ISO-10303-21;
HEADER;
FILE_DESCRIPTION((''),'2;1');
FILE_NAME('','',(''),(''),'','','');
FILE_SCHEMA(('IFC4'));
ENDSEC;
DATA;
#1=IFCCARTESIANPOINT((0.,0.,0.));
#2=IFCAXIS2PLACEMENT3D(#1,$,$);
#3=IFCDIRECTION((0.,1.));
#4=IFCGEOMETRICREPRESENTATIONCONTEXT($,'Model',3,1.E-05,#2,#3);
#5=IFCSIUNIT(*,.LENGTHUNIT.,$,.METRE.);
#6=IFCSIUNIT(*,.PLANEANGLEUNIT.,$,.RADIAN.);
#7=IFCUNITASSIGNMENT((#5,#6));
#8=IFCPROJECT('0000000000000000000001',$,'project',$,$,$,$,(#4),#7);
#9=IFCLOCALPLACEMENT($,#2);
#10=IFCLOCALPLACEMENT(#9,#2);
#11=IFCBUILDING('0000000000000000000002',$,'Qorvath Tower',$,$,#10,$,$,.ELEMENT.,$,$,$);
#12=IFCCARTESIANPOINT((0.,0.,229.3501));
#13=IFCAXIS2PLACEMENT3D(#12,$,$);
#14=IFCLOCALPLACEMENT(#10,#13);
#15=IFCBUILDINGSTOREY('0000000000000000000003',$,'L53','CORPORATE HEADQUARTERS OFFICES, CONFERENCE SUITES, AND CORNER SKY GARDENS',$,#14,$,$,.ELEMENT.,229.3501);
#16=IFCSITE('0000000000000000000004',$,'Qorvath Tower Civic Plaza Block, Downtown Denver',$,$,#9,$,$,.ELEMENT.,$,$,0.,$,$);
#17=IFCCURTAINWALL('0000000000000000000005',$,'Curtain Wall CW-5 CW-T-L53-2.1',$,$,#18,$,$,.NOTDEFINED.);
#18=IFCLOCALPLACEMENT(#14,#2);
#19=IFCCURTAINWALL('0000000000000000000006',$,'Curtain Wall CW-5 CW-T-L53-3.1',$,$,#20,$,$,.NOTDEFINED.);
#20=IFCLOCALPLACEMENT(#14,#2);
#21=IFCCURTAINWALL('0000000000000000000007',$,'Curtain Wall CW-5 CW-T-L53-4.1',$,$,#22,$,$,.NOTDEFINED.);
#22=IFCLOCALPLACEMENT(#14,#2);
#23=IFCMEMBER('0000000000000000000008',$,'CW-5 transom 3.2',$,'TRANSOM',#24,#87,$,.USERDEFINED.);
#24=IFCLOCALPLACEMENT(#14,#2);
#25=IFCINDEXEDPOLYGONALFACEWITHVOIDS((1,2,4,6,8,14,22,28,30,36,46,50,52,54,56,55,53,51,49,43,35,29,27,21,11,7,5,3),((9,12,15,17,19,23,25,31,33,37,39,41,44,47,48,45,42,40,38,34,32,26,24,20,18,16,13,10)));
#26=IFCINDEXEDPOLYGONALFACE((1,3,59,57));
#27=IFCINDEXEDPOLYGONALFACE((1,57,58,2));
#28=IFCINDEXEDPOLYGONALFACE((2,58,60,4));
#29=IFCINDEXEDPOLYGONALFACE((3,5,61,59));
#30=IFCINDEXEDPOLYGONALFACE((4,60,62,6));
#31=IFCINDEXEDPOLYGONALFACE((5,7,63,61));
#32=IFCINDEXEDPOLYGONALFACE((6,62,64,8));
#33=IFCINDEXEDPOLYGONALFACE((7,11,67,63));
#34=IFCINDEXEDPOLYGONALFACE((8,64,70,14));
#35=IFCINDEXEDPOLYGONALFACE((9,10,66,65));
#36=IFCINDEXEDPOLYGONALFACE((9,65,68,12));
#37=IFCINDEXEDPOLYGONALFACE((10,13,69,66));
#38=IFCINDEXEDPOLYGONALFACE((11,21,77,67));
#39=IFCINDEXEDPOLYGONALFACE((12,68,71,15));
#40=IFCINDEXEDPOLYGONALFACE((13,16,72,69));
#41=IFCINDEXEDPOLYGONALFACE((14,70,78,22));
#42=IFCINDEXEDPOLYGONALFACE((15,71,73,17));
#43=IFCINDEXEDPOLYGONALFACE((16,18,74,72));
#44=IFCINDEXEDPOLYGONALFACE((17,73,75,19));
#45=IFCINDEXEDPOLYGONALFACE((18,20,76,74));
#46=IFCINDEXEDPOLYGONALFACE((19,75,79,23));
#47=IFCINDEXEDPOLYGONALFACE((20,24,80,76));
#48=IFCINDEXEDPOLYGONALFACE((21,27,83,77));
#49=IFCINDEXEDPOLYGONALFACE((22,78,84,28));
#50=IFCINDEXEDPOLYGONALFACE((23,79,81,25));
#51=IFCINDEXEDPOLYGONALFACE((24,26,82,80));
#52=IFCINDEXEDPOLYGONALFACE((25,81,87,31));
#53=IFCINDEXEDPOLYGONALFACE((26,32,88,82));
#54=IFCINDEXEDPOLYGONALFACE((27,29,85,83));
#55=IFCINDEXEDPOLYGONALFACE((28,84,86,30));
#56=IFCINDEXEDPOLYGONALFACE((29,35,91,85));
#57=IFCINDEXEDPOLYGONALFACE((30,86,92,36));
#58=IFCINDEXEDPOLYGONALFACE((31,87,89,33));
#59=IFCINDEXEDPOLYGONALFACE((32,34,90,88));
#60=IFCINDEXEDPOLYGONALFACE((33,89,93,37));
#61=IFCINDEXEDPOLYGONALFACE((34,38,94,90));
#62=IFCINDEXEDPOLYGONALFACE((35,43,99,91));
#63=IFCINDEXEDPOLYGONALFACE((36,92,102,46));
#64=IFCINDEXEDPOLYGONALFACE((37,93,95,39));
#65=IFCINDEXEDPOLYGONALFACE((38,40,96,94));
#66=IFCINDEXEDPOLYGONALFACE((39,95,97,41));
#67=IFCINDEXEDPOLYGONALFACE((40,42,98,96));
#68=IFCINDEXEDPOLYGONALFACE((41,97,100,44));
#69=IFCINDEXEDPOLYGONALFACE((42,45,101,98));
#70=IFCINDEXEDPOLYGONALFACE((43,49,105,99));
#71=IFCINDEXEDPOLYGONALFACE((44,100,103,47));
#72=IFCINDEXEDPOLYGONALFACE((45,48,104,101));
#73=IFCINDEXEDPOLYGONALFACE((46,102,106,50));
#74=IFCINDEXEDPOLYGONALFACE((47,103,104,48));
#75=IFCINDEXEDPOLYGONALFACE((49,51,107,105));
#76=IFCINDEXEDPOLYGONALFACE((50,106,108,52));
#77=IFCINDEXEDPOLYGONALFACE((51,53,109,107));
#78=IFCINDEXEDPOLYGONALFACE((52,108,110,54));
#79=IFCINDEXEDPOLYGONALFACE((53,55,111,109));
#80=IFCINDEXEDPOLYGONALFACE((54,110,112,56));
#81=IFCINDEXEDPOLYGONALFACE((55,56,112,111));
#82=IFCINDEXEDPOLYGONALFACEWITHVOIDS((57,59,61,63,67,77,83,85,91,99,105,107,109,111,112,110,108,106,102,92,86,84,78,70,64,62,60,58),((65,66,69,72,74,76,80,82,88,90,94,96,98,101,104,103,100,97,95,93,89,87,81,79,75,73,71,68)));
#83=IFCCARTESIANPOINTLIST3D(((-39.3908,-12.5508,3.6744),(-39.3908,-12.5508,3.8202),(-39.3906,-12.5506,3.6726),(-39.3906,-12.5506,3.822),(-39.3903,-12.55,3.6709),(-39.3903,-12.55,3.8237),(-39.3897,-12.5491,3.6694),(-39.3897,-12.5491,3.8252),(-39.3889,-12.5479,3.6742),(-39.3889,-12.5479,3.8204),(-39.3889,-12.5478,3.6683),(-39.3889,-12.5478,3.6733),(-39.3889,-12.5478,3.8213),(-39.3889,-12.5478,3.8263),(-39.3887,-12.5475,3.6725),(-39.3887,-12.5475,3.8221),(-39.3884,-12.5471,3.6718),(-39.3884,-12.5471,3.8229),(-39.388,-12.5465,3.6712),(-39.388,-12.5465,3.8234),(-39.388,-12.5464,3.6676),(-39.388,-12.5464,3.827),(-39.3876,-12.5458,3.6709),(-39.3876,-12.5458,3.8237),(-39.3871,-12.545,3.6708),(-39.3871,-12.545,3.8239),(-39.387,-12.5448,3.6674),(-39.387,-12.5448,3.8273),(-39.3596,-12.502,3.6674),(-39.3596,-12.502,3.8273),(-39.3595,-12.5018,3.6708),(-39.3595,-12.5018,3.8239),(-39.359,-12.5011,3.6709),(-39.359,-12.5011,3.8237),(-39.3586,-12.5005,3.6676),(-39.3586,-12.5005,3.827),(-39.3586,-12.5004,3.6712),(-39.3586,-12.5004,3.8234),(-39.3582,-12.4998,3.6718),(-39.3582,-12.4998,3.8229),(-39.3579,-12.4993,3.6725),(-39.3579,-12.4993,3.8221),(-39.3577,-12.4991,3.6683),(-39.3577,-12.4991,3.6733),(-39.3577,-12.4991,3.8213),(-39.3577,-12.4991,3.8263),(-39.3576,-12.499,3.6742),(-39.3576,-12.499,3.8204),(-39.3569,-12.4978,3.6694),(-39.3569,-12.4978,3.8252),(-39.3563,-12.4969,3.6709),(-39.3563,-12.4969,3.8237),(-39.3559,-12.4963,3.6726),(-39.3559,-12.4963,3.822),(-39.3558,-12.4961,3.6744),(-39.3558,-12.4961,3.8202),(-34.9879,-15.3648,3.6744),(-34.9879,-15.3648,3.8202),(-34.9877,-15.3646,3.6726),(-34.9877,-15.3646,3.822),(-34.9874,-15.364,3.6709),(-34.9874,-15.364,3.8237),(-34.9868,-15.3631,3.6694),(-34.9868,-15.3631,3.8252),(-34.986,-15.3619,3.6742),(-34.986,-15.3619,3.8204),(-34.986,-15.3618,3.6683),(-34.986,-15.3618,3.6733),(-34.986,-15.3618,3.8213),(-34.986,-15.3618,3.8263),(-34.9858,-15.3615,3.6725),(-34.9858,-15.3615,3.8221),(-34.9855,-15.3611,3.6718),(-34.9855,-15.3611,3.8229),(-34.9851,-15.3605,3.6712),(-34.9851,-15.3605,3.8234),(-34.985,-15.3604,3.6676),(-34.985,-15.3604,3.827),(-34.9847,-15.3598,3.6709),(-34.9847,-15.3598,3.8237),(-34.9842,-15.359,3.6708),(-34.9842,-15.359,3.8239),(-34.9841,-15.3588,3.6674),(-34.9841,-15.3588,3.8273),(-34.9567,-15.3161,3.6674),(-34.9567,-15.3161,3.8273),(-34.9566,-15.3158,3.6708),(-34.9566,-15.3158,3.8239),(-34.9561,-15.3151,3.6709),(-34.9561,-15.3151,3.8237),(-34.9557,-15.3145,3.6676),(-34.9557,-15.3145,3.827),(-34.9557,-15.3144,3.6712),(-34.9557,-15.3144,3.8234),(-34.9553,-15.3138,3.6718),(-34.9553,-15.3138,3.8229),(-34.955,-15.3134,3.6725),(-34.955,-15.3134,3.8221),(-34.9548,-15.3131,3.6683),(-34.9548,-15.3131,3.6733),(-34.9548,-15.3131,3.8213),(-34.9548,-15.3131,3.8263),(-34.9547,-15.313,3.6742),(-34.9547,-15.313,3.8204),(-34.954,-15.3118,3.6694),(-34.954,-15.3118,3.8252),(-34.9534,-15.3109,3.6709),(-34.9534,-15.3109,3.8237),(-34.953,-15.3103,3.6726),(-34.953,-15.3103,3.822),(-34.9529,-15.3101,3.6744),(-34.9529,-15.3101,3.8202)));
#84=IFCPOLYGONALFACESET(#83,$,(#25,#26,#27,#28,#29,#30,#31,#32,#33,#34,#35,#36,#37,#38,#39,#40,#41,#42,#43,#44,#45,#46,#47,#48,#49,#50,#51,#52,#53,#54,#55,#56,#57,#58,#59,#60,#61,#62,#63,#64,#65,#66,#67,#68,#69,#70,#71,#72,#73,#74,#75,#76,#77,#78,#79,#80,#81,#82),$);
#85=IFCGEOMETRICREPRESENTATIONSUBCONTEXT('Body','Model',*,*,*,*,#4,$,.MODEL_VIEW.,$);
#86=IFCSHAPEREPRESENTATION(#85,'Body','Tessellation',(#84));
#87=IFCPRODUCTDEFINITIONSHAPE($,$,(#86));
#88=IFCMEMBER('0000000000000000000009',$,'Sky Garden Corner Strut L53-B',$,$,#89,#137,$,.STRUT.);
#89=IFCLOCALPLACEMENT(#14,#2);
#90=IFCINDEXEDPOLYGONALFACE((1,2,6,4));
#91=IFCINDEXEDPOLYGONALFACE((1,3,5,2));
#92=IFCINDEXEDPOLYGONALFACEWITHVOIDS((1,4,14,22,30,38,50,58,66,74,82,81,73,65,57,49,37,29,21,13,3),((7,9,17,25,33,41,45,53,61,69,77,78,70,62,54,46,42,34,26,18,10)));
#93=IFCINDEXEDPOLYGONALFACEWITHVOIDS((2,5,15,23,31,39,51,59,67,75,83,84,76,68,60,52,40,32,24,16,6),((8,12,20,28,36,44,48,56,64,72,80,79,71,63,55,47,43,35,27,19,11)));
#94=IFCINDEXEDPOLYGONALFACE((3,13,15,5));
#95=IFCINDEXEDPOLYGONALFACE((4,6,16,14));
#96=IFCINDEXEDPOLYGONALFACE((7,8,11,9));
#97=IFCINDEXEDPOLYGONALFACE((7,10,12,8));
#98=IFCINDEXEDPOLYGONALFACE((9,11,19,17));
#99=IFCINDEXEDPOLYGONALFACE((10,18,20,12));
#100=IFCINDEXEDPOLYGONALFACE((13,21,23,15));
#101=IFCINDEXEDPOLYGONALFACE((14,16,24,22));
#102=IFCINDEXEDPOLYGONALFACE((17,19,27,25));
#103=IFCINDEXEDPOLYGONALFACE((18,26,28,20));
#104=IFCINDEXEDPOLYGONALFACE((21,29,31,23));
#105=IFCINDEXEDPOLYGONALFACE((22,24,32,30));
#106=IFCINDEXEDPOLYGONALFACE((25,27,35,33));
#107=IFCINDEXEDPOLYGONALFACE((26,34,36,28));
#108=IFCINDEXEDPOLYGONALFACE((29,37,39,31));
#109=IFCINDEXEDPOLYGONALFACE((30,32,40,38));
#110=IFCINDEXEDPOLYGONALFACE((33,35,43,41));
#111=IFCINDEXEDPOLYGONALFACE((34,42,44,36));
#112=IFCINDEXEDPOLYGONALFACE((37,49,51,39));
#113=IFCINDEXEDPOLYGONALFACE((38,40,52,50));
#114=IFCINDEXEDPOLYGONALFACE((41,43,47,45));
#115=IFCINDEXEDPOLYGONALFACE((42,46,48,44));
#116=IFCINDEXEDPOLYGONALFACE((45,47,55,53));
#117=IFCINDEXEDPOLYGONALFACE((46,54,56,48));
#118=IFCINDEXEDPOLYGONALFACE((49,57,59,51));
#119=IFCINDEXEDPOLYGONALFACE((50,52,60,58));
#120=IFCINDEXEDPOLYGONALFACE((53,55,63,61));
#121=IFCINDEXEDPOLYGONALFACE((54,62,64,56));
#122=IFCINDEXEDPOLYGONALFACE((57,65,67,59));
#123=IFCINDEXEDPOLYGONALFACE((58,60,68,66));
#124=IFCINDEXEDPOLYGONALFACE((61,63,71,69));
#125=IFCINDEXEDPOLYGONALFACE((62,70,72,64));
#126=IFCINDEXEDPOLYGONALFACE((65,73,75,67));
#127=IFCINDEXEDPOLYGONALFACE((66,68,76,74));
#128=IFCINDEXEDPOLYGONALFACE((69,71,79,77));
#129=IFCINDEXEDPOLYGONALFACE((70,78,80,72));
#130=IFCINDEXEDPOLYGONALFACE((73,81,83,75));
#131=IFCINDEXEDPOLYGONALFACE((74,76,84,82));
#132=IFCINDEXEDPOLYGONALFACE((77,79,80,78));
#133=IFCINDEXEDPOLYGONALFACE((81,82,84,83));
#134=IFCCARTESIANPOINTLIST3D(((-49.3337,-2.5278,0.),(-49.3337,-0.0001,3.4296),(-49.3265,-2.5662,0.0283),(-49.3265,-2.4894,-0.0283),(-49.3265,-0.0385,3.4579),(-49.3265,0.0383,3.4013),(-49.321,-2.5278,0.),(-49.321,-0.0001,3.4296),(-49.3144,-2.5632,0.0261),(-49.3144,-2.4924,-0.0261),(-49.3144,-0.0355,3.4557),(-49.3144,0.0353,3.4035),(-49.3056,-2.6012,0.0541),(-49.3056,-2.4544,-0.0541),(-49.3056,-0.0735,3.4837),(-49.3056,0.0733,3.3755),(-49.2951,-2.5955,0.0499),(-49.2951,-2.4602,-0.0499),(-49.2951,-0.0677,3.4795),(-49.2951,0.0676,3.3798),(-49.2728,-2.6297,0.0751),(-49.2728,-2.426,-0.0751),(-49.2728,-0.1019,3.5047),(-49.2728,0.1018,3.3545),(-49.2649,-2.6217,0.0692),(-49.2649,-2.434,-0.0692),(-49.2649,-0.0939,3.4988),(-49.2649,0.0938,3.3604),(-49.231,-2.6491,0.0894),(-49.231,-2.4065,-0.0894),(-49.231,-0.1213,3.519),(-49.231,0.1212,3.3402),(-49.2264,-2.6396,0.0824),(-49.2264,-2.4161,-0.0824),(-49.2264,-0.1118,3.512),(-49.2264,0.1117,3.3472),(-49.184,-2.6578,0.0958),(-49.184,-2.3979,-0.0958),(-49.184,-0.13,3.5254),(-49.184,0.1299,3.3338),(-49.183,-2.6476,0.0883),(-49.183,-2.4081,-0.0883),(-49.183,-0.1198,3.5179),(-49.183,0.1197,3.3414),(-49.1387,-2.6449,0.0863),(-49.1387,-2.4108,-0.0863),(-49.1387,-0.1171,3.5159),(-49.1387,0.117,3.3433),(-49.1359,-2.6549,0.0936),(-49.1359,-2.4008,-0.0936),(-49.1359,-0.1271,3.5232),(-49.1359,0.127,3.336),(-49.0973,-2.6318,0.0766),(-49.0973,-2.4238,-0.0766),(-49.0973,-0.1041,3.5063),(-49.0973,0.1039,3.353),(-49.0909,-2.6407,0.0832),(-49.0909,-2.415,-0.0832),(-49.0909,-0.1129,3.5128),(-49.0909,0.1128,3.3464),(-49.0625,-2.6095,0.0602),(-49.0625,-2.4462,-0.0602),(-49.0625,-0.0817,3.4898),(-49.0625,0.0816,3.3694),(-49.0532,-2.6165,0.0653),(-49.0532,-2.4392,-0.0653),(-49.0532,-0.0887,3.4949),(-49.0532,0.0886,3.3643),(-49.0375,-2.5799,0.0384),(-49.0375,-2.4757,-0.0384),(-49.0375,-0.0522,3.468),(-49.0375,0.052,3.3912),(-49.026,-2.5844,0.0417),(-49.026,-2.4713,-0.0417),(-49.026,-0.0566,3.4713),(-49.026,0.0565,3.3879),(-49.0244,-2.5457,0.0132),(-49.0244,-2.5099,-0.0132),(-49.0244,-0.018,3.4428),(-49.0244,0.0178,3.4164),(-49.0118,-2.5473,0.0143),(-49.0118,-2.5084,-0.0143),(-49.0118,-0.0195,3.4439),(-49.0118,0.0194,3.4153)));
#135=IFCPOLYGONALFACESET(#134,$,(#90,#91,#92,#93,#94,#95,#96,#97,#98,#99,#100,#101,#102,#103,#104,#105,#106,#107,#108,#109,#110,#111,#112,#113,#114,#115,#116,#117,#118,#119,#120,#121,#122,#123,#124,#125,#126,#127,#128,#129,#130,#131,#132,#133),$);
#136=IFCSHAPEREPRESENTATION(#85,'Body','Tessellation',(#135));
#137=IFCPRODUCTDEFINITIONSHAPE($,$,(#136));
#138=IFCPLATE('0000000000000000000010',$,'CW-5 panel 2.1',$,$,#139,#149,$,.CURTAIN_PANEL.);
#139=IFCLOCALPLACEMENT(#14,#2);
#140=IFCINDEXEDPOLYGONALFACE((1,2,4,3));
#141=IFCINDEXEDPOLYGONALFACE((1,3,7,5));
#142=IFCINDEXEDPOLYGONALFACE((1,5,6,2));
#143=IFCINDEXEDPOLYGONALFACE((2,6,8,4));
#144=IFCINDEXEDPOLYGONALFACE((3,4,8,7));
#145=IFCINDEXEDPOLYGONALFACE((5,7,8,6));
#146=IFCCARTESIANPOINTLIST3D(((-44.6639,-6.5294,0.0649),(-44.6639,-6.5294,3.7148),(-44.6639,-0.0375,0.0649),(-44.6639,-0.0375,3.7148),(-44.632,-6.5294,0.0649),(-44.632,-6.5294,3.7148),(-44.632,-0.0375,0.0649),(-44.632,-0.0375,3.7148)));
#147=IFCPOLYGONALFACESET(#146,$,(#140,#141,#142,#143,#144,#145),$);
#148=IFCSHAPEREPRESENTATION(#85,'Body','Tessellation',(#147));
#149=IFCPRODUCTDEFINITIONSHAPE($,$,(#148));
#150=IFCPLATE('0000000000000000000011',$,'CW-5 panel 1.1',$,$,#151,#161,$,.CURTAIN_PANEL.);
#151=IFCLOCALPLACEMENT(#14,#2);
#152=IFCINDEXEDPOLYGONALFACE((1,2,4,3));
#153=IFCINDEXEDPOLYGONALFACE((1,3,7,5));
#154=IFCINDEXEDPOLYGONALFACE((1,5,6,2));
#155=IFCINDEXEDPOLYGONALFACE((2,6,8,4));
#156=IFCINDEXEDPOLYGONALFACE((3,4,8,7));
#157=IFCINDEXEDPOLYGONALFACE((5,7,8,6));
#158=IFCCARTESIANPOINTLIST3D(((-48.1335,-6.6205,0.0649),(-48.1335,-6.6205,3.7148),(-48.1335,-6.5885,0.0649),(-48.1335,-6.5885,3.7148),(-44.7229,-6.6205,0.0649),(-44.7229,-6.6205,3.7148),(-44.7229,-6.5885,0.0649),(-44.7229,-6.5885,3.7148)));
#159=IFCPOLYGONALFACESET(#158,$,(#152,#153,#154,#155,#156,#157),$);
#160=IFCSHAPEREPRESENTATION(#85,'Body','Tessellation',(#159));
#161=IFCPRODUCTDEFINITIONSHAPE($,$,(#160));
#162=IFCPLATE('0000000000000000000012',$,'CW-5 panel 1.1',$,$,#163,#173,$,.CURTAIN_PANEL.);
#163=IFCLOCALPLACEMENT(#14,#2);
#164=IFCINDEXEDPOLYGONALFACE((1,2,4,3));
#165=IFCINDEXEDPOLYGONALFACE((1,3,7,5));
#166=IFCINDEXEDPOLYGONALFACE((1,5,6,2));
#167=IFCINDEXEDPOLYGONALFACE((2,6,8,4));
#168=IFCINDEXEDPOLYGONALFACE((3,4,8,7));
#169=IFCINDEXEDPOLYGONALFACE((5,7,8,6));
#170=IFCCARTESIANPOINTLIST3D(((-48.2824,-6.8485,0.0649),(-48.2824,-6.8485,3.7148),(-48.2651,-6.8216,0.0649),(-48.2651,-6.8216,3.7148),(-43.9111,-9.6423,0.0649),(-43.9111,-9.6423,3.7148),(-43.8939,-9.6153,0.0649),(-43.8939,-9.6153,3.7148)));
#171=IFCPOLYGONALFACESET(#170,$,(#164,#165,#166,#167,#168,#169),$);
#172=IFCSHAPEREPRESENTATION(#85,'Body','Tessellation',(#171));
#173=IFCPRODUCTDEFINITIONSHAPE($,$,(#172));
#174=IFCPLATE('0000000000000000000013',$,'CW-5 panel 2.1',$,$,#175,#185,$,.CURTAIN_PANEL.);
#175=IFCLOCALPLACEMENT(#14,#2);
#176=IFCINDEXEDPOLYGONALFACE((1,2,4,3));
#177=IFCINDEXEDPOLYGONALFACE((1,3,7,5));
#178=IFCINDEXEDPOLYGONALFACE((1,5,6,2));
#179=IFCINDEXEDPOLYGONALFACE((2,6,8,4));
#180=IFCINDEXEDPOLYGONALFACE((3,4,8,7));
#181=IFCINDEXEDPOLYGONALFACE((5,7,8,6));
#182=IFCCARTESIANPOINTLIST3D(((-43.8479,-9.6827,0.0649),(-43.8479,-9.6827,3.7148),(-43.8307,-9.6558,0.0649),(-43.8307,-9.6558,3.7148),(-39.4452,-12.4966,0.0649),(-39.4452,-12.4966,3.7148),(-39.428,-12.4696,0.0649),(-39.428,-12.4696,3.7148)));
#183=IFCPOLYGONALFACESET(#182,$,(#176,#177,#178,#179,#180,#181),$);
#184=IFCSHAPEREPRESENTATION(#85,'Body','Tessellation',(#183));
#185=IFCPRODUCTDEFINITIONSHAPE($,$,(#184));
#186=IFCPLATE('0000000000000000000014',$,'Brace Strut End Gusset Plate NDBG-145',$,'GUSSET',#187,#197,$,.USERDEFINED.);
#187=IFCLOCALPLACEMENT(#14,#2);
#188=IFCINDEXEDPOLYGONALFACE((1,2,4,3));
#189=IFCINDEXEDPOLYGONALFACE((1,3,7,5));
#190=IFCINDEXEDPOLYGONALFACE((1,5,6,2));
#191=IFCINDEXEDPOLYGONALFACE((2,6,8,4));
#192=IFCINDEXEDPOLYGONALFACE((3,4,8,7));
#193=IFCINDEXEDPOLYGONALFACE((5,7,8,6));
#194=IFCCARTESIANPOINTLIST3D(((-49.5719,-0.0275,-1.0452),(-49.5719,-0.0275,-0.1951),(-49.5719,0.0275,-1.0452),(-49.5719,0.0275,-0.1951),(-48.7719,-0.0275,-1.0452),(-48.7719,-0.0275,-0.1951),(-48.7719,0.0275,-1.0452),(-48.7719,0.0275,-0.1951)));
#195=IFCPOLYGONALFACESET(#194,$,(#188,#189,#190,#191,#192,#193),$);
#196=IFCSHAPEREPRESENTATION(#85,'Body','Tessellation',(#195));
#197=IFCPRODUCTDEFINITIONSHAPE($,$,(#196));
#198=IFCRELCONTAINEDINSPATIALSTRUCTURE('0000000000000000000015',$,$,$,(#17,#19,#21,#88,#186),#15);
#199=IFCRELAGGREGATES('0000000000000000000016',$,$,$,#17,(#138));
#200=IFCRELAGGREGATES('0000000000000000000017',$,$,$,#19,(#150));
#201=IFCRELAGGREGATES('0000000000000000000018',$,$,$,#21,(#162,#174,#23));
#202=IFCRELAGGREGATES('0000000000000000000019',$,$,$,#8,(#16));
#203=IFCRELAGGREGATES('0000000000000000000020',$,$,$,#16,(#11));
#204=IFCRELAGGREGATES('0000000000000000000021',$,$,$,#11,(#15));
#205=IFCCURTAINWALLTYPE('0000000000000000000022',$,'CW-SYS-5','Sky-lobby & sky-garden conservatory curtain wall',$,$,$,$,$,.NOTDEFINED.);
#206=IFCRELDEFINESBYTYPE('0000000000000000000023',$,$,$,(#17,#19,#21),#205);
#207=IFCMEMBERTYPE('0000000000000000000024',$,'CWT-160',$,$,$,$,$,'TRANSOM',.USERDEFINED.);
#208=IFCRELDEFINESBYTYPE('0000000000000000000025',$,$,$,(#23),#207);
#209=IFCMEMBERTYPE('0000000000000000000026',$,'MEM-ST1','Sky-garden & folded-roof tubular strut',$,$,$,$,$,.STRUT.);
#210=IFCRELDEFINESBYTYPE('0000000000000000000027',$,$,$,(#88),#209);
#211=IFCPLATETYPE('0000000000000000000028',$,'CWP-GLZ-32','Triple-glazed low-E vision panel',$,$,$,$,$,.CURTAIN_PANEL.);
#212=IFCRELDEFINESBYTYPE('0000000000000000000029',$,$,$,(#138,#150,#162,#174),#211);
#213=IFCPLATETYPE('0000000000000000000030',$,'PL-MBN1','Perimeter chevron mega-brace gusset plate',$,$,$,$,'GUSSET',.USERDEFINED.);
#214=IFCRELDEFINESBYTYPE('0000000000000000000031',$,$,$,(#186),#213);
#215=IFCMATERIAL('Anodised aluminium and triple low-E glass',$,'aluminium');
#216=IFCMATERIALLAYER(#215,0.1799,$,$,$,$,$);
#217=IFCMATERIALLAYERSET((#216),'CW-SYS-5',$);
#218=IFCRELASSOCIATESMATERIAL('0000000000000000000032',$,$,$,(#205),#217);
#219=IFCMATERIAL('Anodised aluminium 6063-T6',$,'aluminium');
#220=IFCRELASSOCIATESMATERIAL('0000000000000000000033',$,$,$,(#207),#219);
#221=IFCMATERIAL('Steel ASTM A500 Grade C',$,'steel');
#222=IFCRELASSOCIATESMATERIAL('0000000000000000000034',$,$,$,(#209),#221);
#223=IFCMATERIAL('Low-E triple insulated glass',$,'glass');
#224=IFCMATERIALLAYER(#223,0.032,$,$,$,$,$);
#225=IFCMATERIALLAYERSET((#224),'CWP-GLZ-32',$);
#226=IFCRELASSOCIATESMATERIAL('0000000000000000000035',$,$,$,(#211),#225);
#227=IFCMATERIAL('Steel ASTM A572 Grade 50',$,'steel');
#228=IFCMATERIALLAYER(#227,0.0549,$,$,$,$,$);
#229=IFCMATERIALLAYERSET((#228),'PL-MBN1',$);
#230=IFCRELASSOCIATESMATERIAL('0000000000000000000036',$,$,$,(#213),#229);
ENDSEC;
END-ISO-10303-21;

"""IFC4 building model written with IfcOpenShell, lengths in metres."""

from ifc_helpers import new_model, si_unit, direction, frame, origin, origin_2d, place, context, subcontext, project, spatial, rectangle, hollow_rectangle, hollow_circle, extrude, material, layer, layer_set, material_profile, profile_set, type_object, element, aggregate, save


model = new_model("IFC4")

# Units and contexts
model_context = context("Model", 3, precision=1e-05, world=origin(), true_north=direction((0.0, 1.0)))
body_context = subcontext(model_context, "Body", "Model", "MODEL_VIEW")
ifc_project = project(units=[si_unit("LENGTHUNIT", "METRE"), si_unit("PLANEANGLEUNIT", "RADIAN")], contexts=[model_context])

# Site, building, storey
site_placement = place(None, origin())
site = spatial("IfcSite", under=ifc_project, at=site_placement, Name="Qorvath Tower Civic Plaza Block, Downtown Denver", CompositionType="ELEMENT", RefElevation=0.0)
building_placement = place(site_placement, origin())
building = spatial("IfcBuilding", under=site, at=building_placement, Name="Qorvath Tower", CompositionType="ELEMENT")
storey_placement = place(building_placement, frame((0.0, 0.0, 229.3501)))
storey = spatial("IfcBuildingStorey", under=building, at=storey_placement, Name="L53", Description="CORPORATE HEADQUARTERS OFFICES, CONFERENCE SUITES, AND CORNER SKY GARDENS", CompositionType="ELEMENT", Elevation=229.3501)

# Curtain walls
ifc_material_1 = material(Name="Anodised aluminium and triple low-E glass", Category="aluminium")
ifc_layer_1 = layer(ifc_material_1, 0.1799)
ifc_layer_set_1 = layer_set([ifc_layer_1], Name="CW-SYS-5")
curtain_wall_type = type_object("IfcCurtainWallType", Name="CW-SYS-5", Description="Sky-lobby & sky-garden conservatory curtain wall", PredefinedType="NOTDEFINED", material=ifc_layer_set_1)
curtain_wall_1_placement = place(storey_placement, origin())
curtain_wall_1 = element("IfcCurtainWall", 1, at=curtain_wall_1_placement, inside=storey, type_object=curtain_wall_type, Name="Curtain Wall CW-5 CW-T-L53-2.1", PredefinedType="NOTDEFINED")
curtain_wall_2_placement = place(storey_placement, origin())
curtain_wall_2 = element("IfcCurtainWall", 2, at=curtain_wall_2_placement, inside=storey, type_object=curtain_wall_type, Name="Curtain Wall CW-5 CW-T-L53-3.1", PredefinedType="NOTDEFINED")
curtain_wall_3_placement = place(storey_placement, origin())
curtain_wall_3 = element("IfcCurtainWall", 3, at=curtain_wall_3_placement, inside=storey, type_object=curtain_wall_type, Name="Curtain Wall CW-5 CW-T-L53-4.1", PredefinedType="NOTDEFINED")

# Members
ifc_material_2 = material(Name="Anodised aluminium 6063-T6", Category="aluminium")
ifc_material_profile_1 = material_profile(ifc_material_2, hollow_rectangle(XDim=0.0649, YDim=0.1599, WallThickness=0.0034, InnerFilletRadius=0.0034, OuterFilletRadius=0.0071, at=origin_2d()), Name="CWT 160x65")
ifc_profile_set_1 = profile_set([ifc_material_profile_1], Name="Anodised aluminium 6063-T6")
member_type_1 = type_object("IfcMemberType", Name="CWT-160", ElementType="TRANSOM", PredefinedType="USERDEFINED", material=ifc_profile_set_1)
member_1_placement = place(storey_placement, frame((-39.3733, -12.5234, 3.7473), z_axis=(0.842606, -0.538531, 0.0), x_axis=(0.538531, 0.842606, 0.0)))
member_1 = element("IfcMember", 4, at=member_1_placement, type_object=member_type_1, Name="CW-5 transom 3.2", ObjectType="TRANSOM", PredefinedType="USERDEFINED", context=body_context, shape_type="SweptSolid", body=[
    extrude(hollow_rectangle(XDim=0.0649, YDim=0.1599, WallThickness=0.0034, InnerFilletRadius=0.0034, OuterFilletRadius=0.0071, at=origin_2d()), origin(), (0.0, 0.0, 1.0), 5.2253),
])
ifc_material_3 = material(Name="Steel ASTM A500 Grade C", Category="steel")
ifc_material_profile_2 = material_profile(ifc_material_3, hollow_circle(Radius=0.1619, WallThickness=0.0127, at=origin_2d()), Name="CHS 324x12.7")
ifc_profile_set_2 = profile_set([ifc_material_profile_2], Name="Steel ASTM A500 Grade C")
member_type_2 = type_object("IfcMemberType", Name="MEM-ST1", Description="Sky-garden & folded-roof tubular strut", PredefinedType="STRUT", material=ifc_profile_set_2)
member_2_placement = place(storey_placement, frame((-49.1719, -2.5278, 0.0), z_axis=(0.0, 0.593305, 0.804978), x_axis=(-1.0, 0.0, 0.0)))
element("IfcMember", 5, at=member_2_placement, inside=storey, type_object=member_type_2, Name="Sky Garden Corner Strut L53-B", PredefinedType="STRUT", context=body_context, shape_type="SweptSolid", body=[
    extrude(hollow_circle(Radius=0.1619, WallThickness=0.0127, at=origin_2d()), origin(), (0.0, 0.0, 1.0), 4.2605),
])

# Plates
ifc_material_4 = material(Name="Low-E triple insulated glass", Category="glass")
ifc_layer_2 = layer(ifc_material_4, 0.032)
ifc_layer_set_2 = layer_set([ifc_layer_2], Name="CWP-GLZ-32")
plate_type_1 = type_object("IfcPlateType", Name="CWP-GLZ-32", Description="Triple-glazed low-E vision panel", PredefinedType="CURTAIN_PANEL", material=ifc_layer_set_2)
plate_1_placement = place(storey_placement, frame((-44.6479, -3.2834, 0.0649), z_axis=(0.0, 0.0, 1.0), x_axis=(0.0, -1.0, 0.0)))
plate_1 = element("IfcPlate", 6, at=plate_1_placement, type_object=plate_type_1, Name="CW-5 panel 2.1", PredefinedType="CURTAIN_PANEL", context=body_context, shape_type="SweptSolid", body=[
    extrude(rectangle(XDim=6.4919, YDim=0.032, at=origin_2d()), origin(), (0.0, 0.0, 1.0), 3.6499),
])
aggregate(curtain_wall_1, [plate_1])
plate_2_placement = place(storey_placement, frame((-46.4282, -6.6045, 0.0649), z_axis=(0.0, 0.0, 1.0), x_axis=(-1.0, 0.0, 0.0)))
plate_2 = element("IfcPlate", 7, at=plate_2_placement, type_object=plate_type_1, Name="CW-5 panel 1.1", PredefinedType="CURTAIN_PANEL", context=body_context, shape_type="SweptSolid", body=[
    extrude(rectangle(XDim=3.4106, YDim=0.032, at=origin_2d()), origin(), (0.0, 0.0, 1.0), 3.6499),
])
aggregate(curtain_wall_2, [plate_2])
plate_3_placement = place(storey_placement, frame((-46.0881, -8.2319, 0.0649), z_axis=(0.0, 0.0, 1.0), x_axis=(0.842607, -0.538529, 0.0)))
plate_3 = element("IfcPlate", 8, at=plate_3_placement, type_object=plate_type_1, Name="CW-5 panel 1.1", PredefinedType="CURTAIN_PANEL", context=body_context, shape_type="SweptSolid", body=[
    extrude(rectangle(XDim=5.1877, YDim=0.032, at=origin_2d()), origin(), (0.0, 0.0, 1.0), 3.6499),
])
plate_4_placement = place(storey_placement, frame((-41.6379, -11.0762, 0.0649), z_axis=(0.0, 0.0, 1.0), x_axis=(0.842607, -0.538529, 0.0)))
plate_4 = element("IfcPlate", 9, at=plate_4_placement, type_object=plate_type_1, Name="CW-5 panel 2.1", PredefinedType="CURTAIN_PANEL", context=body_context, shape_type="SweptSolid", body=[
    extrude(rectangle(XDim=5.2251, YDim=0.032, at=origin_2d()), origin(), (0.0, 0.0, 1.0), 3.6499),
])
aggregate(curtain_wall_3, [plate_3, plate_4, member_1])

# Plate
ifc_material_5 = material(Name="Steel ASTM A572 Grade 50", Category="steel")
ifc_layer_3 = layer(ifc_material_5, 0.0549)
ifc_layer_set_3 = layer_set([ifc_layer_3], Name="PL-MBN1")
plate_type_2 = type_object("IfcPlateType", Name="PL-MBN1", Description="Perimeter chevron mega-brace gusset plate", ElementType="GUSSET", PredefinedType="USERDEFINED", material=ifc_layer_set_3)
for number, where, z_axis, x_axis, name in (
    (10, (-49.1719, 0.0, -1.0452), (0.0, 0.0, 1.0), (1.0, 0.0, 0.0), "Brace Strut End Gusset Plate NDBG-145"),
):
    element("IfcPlate", number, at=place(storey_placement, frame(where, z_axis=z_axis, x_axis=x_axis)), inside=storey, type_object=plate_type_2, Name=name, ObjectType="GUSSET", PredefinedType="USERDEFINED", context=body_context, shape_type="SweptSolid", body=[
        extrude(rectangle(XDim=0.8, YDim=0.0549, at=origin_2d()), origin(), (0.0, 0.0, 1.0), 0.8501),
    ])

save(model, "model.ifc")
